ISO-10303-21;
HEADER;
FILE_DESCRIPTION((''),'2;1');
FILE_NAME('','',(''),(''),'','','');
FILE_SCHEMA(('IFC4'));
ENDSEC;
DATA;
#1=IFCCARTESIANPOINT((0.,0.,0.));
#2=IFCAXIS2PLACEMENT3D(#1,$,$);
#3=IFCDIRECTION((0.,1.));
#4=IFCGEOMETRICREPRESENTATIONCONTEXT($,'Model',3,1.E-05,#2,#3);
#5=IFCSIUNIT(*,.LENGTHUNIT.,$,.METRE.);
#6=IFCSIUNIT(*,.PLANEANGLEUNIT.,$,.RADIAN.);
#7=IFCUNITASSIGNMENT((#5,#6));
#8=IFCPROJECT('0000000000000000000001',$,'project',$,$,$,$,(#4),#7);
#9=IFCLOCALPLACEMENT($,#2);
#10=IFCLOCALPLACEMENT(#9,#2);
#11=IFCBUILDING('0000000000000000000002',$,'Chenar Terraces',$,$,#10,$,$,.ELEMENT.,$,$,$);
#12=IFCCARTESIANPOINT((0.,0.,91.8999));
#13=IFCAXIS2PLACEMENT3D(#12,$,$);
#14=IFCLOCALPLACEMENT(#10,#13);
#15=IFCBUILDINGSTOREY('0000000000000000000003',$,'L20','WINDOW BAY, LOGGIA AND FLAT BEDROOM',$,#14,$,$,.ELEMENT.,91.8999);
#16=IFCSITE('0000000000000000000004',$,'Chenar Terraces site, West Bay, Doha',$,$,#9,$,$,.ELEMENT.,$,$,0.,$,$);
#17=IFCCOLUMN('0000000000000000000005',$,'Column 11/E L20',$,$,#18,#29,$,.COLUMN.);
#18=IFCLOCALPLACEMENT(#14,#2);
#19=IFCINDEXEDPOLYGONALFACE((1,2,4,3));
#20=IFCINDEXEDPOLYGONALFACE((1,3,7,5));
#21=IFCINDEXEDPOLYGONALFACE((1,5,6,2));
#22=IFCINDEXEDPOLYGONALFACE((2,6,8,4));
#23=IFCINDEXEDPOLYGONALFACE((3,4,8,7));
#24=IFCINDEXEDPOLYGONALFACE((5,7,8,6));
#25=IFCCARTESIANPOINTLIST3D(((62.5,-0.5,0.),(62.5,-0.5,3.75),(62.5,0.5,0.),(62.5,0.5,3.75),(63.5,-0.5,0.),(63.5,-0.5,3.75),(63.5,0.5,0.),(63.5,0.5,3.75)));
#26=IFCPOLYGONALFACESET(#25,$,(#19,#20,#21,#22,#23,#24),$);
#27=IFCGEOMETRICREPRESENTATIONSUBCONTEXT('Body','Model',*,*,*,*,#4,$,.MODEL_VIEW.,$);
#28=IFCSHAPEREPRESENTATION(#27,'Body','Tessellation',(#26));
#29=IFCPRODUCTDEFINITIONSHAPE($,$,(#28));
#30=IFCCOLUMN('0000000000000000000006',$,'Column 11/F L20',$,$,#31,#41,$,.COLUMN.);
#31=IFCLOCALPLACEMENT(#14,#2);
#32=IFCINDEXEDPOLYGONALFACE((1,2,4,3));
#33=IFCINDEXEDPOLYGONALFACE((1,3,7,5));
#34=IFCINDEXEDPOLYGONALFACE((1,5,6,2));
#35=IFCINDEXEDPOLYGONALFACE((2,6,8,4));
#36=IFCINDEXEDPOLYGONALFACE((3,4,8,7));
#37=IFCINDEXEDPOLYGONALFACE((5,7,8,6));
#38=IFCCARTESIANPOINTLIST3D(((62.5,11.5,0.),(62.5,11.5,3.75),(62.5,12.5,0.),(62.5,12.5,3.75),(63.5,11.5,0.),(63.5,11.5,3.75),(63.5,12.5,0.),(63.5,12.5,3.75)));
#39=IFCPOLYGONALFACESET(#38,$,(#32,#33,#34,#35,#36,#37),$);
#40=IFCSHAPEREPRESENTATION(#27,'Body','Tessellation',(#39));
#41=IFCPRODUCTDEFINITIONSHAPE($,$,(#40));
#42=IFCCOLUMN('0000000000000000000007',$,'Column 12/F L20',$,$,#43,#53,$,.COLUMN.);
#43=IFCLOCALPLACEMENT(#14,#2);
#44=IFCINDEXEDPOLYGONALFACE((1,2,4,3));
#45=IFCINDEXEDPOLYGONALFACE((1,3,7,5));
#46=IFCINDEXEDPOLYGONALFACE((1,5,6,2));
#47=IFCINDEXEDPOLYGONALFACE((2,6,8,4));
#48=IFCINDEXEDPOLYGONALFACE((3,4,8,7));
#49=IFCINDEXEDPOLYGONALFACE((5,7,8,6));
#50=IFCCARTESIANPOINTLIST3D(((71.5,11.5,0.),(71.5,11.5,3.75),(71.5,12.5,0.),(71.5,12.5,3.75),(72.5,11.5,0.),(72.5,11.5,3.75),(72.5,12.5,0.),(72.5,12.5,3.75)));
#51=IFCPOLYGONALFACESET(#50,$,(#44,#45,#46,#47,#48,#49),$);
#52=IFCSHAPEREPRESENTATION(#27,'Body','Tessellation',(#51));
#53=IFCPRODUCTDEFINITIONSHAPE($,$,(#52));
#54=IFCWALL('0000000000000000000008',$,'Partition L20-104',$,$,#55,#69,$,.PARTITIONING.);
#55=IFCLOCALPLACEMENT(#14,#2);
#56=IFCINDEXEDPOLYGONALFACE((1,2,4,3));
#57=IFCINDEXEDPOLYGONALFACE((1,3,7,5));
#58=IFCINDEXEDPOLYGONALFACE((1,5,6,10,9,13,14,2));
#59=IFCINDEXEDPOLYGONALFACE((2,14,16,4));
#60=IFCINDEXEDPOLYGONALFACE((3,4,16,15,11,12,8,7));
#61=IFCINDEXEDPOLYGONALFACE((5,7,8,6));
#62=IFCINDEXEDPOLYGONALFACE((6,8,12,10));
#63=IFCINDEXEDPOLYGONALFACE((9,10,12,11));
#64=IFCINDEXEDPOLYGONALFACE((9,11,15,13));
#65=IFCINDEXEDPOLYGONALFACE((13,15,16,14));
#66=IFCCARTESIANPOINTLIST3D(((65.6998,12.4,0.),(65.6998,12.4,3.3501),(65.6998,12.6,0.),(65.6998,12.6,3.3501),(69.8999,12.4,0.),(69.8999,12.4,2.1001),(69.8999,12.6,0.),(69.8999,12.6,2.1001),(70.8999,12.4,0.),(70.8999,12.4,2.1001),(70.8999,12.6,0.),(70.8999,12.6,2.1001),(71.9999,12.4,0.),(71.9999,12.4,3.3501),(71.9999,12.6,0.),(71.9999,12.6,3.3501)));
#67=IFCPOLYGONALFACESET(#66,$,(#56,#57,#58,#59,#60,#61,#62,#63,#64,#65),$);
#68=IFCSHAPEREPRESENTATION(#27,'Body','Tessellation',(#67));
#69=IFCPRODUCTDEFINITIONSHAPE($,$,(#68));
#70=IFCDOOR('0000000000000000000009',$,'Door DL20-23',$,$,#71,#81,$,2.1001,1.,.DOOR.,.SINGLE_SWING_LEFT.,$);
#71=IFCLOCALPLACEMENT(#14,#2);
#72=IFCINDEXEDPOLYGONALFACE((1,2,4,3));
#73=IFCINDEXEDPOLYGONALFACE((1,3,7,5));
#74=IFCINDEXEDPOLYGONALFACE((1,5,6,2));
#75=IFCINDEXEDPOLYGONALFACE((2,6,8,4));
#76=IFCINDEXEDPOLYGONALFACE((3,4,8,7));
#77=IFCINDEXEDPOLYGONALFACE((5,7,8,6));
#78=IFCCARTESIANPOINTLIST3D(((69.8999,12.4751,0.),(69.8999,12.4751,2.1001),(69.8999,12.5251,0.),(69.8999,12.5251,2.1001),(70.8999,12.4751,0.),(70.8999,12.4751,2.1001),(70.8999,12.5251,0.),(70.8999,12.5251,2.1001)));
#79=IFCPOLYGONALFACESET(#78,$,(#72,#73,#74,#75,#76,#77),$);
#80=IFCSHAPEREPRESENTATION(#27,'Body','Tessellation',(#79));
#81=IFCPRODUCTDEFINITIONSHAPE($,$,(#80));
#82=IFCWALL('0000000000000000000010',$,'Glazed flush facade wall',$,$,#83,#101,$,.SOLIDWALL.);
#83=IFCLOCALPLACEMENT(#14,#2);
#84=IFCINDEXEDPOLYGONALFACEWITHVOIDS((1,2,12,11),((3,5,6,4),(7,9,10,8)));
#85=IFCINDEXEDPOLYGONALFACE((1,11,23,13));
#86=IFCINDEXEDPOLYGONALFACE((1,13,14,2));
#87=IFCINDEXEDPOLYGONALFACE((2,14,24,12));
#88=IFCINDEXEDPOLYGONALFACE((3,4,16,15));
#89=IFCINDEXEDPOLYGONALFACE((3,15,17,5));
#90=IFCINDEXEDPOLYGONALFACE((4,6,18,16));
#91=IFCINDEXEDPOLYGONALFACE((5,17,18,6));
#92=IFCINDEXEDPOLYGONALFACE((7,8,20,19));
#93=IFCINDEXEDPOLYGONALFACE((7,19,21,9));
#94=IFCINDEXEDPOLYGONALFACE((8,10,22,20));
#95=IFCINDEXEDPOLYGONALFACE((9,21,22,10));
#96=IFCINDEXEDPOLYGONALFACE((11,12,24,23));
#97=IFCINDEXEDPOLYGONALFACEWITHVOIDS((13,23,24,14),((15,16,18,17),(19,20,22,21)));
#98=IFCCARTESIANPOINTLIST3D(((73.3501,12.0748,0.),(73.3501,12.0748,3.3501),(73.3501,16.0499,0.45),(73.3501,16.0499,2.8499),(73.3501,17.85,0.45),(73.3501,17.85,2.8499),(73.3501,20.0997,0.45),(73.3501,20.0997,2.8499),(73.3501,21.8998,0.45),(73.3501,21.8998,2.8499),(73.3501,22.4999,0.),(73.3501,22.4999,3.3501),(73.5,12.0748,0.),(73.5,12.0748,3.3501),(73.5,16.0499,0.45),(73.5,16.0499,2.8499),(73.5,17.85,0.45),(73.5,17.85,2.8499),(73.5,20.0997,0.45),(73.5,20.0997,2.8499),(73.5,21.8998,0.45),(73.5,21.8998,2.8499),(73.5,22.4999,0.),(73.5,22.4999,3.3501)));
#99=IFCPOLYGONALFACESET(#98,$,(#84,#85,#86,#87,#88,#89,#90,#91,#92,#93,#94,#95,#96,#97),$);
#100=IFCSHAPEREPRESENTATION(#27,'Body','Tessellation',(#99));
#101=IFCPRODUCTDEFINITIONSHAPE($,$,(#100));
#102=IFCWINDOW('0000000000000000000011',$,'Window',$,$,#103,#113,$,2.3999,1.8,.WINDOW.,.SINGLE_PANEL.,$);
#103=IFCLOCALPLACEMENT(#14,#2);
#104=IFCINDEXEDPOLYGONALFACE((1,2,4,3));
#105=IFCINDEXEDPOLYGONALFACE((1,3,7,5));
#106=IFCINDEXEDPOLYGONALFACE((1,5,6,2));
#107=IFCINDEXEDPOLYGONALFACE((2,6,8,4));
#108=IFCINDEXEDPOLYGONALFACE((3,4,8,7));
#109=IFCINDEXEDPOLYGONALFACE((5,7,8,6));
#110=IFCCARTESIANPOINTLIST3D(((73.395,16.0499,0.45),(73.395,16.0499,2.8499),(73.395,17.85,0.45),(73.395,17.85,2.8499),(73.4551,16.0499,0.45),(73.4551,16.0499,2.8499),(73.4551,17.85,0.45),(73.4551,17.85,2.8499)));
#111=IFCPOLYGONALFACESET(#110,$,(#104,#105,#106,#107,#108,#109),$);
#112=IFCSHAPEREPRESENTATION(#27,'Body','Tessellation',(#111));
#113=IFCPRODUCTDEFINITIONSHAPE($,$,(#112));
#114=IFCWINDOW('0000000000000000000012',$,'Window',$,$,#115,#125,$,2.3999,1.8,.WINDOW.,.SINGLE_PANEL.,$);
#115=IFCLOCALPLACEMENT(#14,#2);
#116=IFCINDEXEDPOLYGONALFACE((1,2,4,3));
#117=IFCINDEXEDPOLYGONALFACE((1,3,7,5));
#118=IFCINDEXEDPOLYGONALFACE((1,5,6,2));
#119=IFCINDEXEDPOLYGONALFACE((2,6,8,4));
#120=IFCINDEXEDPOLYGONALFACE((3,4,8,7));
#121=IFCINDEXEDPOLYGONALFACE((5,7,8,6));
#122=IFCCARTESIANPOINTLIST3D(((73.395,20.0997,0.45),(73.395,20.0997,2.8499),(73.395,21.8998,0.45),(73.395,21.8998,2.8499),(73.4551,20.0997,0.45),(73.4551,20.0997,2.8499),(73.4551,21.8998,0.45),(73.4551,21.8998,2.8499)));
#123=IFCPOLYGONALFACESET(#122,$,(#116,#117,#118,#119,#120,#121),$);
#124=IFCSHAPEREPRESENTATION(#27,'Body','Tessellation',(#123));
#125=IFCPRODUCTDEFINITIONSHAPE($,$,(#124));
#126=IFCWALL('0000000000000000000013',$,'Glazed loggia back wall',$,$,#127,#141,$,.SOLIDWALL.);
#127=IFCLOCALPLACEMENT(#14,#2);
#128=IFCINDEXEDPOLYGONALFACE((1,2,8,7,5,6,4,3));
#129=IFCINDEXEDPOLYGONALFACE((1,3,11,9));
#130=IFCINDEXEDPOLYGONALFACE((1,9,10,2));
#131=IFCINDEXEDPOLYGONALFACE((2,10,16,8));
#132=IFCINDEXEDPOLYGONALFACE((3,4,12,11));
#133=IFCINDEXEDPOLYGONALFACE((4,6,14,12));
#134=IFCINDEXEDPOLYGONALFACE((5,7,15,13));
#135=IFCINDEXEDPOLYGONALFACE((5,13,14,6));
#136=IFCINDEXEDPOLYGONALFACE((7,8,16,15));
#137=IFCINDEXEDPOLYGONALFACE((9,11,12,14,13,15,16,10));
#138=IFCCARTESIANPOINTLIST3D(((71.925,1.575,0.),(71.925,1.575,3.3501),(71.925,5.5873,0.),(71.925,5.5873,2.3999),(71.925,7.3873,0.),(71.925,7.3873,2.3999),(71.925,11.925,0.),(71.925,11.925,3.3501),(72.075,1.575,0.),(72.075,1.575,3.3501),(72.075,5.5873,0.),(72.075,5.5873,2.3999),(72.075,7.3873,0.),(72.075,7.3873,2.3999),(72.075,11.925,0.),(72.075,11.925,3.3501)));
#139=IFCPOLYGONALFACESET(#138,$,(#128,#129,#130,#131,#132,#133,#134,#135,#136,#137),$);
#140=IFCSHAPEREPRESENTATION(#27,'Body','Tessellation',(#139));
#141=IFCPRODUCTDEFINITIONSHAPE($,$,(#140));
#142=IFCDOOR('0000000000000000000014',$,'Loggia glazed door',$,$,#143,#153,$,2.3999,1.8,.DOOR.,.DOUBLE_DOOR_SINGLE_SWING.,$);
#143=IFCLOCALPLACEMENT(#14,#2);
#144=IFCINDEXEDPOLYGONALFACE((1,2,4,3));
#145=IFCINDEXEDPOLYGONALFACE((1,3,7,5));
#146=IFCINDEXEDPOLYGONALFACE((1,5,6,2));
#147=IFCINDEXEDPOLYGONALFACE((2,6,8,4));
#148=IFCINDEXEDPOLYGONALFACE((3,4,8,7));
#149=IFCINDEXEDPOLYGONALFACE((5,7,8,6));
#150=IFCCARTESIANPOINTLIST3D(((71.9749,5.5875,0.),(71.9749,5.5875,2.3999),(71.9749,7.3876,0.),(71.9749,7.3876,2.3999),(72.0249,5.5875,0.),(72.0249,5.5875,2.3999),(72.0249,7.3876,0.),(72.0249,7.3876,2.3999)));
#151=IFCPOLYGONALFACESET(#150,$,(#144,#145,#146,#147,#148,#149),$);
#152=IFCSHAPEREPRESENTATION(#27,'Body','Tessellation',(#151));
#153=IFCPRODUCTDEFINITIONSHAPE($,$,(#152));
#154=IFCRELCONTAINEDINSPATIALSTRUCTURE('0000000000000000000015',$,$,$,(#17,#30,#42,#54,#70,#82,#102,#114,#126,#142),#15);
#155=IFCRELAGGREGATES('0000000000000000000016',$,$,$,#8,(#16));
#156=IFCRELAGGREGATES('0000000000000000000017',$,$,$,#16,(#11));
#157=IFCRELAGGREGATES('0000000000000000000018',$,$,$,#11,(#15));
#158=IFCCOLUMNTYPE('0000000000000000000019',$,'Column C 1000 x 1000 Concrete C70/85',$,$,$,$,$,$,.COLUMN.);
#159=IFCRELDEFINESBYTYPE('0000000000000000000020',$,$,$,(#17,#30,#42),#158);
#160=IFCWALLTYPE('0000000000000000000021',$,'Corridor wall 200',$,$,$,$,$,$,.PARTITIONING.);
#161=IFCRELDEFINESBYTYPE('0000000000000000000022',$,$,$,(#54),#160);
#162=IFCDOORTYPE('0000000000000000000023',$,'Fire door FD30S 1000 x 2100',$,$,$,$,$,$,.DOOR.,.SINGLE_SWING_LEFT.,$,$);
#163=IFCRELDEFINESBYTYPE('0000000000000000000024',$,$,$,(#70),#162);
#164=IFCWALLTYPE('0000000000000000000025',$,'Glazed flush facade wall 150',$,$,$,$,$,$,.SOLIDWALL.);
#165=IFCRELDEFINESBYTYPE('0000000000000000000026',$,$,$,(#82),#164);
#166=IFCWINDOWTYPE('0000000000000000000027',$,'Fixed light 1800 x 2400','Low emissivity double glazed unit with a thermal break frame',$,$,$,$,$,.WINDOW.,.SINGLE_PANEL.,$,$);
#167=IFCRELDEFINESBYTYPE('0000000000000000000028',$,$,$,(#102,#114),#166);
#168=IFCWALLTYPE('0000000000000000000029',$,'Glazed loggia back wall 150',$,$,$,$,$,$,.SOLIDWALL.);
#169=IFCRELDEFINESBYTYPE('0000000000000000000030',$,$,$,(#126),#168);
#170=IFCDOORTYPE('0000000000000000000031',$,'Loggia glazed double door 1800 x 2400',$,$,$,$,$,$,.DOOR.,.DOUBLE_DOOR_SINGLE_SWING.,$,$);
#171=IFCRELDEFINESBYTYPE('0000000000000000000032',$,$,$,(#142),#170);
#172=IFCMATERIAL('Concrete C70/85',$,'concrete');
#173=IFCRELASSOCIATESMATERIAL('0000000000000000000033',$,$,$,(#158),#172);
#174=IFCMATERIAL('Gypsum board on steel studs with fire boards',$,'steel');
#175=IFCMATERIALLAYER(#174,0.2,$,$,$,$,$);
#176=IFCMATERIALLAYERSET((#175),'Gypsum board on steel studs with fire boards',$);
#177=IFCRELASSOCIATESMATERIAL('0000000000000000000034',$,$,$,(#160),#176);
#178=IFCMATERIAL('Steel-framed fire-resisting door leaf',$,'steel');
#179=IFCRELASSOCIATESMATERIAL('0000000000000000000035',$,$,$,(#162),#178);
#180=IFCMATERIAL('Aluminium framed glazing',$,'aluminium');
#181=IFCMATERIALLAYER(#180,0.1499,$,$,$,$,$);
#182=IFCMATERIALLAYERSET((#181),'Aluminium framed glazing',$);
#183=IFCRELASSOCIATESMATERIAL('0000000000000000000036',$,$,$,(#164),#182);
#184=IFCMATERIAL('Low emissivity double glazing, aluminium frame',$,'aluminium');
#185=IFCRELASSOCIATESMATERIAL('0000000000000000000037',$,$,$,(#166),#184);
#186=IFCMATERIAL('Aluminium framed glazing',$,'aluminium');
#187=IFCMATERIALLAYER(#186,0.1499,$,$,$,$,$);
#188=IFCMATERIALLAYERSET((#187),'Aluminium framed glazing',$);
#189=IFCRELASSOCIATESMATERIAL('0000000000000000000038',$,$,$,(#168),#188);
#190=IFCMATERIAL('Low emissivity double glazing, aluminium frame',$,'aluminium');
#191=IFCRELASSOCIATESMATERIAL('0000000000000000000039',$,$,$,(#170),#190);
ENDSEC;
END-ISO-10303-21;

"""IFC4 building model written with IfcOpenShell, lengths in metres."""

from ifc_helpers import new_model, si_unit, direction, frame, frame_2d, origin, origin_2d, place, context, subcontext, project, spatial, rectangle, extrude, material, layer, layer_set, material_profile, profile_set, type_object, element, fill, save


model = new_model("IFC4")

# Units and contexts
model_context = context("Model", 3, precision=1e-05, world=origin(), true_north=direction((0.0, 1.0)))
body_context = subcontext(model_context, "Body", "Model", "MODEL_VIEW")
ifc_project = project(units=[si_unit("LENGTHUNIT", "METRE"), si_unit("PLANEANGLEUNIT", "RADIAN")], contexts=[model_context])

# Site, building, storey
site_placement = place(None, origin())
site = spatial("IfcSite", under=ifc_project, at=site_placement, Name="Chenar Terraces site, West Bay, Doha", CompositionType="ELEMENT", RefElevation=0.0)
building_placement = place(site_placement, origin())
building = spatial("IfcBuilding", under=site, at=building_placement, Name="Chenar Terraces", CompositionType="ELEMENT")
storey_placement = place(building_placement, frame((0.0, 0.0, 91.8999)))
storey = spatial("IfcBuildingStorey", under=building, at=storey_placement, Name="L20", Description="WINDOW BAY, LOGGIA AND FLAT BEDROOM", CompositionType="ELEMENT", Elevation=91.8999)

# Columns
ifc_material_1 = material(Name="Concrete C70/85", Category="concrete")
ifc_material_profile_1 = material_profile(ifc_material_1, rectangle(XDim=1.0, YDim=1.0, at=origin_2d()), Name="C 1000 x 1000")
ifc_profile_set_1 = profile_set([ifc_material_profile_1], Name="Concrete C70/85")
column_type = type_object("IfcColumnType", Name="Column C 1000 x 1000 Concrete C70/85", PredefinedType="COLUMN", material=ifc_profile_set_1)
for number, where, z_axis, x_axis, name in (
    (1, (63.0, 0.0, 0.0), (0.0, 0.0, 1.0), (1.0, 0.0, 0.0), "Column 11/E L20"),
    (2, (63.0, 12.0, 0.0), (0.0, 0.0, 1.0), (1.0, 0.0, 0.0), "Column 11/F L20"),
    (3, (72.0, 12.0, 0.0), (0.0, 0.0, 1.0), (1.0, 0.0, 0.0), "Column 12/F L20"),
):
    element("IfcColumn", number, at=place(storey_placement, frame(where, z_axis=z_axis, x_axis=x_axis)), inside=storey, type_object=column_type, Name=name, PredefinedType="COLUMN", context=body_context, shape_type="SweptSolid", body=[
        extrude(rectangle(XDim=1.0, YDim=1.0, at=origin_2d()), origin(), (0.0, 0.0, 1.0), 3.75),
    ])

# Wall, opening, door
ifc_material_2 = material(Name="Gypsum board on steel studs with fire boards", Category="steel")
ifc_layer_1 = layer(ifc_material_2, 0.2)
ifc_layer_set_1 = layer_set([ifc_layer_1], Name="Gypsum board on steel studs with fire boards")
wall_type_1 = type_object("IfcWallType", Name="Corridor wall 200", PredefinedType="PARTITIONING", material=ifc_layer_set_1)
wall_1_placement = place(storey_placement, frame((65.7, 12.5, 0.0), z_axis=(0.0, 0.0, 1.0), x_axis=(1.0, 0.0, 0.0)))
wall_1 = element("IfcWall", 4, at=wall_1_placement, inside=storey, type_object=wall_type_1, Name="Partition L20-104", PredefinedType="PARTITIONING", context=body_context, shape_type="SweptSolid", body=[
    extrude(rectangle(XDim=6.3, YDim=0.2, at=frame_2d((3.1499, 0.0))), origin(), (0.0, 0.0, 1.0), 3.3501),
])
opening_1_placement = place(wall_1_placement, frame((4.2, 0.0, 0.0)))
opening_1 = element("IfcOpeningElement", 5, at=opening_1_placement, cuts=wall_1, PredefinedType="OPENING", context=body_context, shape_type="SweptSolid", body=[
    extrude(rectangle(XDim=1.0, YDim=2.1001, at=frame_2d((0.5, 1.05))), frame((0.0, 0.1099, 0.0), z_axis=(0.0, -1.0, 0.0), x_axis=(1.0, 0.0, 0.0)), (0.0, 0.0, 1.0), 0.22),
])
ifc_material_3 = material(Name="Steel-framed fire-resisting door leaf", Category="steel")
door_type_1 = type_object("IfcDoorType", Name="Fire door FD30S 1000 x 2100", OperationType="SINGLE_SWING_LEFT", PredefinedType="DOOR", material=ifc_material_3)
door_1_placement = place(opening_1_placement, frame((1.0, 0.0, 0.0), z_axis=(0.0, 0.0, 1.0), x_axis=(-1.0, 0.0, 0.0)))
door_1 = element("IfcDoor", 6, at=door_1_placement, inside=storey, type_object=door_type_1, Name="Door DL20-23", OperationType="SINGLE_SWING_LEFT", OverallHeight=2.1001, OverallWidth=1.0, PredefinedType="DOOR", context=body_context, shape_type="SweptSolid", body=[
    extrude(rectangle(XDim=1.0, YDim=2.1001, at=frame_2d((0.5, 1.05))), frame((0.0, 0.0249, 0.0), z_axis=(0.0, -1.0, 0.0), x_axis=(1.0, 0.0, 0.0)), (0.0, 0.0, 1.0), 0.05),
])
fill(opening_1, door_1)

# Wall, openings, windows
ifc_material_4 = material(Name="Aluminium framed glazing", Category="aluminium")
ifc_layer_2 = layer(ifc_material_4, 0.1499)
ifc_layer_set_2 = layer_set([ifc_layer_2], Name="Aluminium framed glazing")
wall_type_2 = type_object("IfcWallType", Name="Glazed flush facade wall 150", PredefinedType="SOLIDWALL", material=ifc_layer_set_2)
wall_2_placement = place(storey_placement, frame((73.425, 12.075, 0.0), z_axis=(0.0, 0.0, 1.0), x_axis=(0.0, 1.0, 0.0)))
wall_2 = element("IfcWall", 7, at=wall_2_placement, inside=storey, type_object=wall_type_2, Name="Glazed flush facade wall", PredefinedType="SOLIDWALL", context=body_context, shape_type="SweptSolid", body=[
    extrude(rectangle(XDim=10.425, YDim=0.1499, at=frame_2d((5.2124, 0.0))), origin(), (0.0, 0.0, 1.0), 3.3501),
])
opening_2_placement = place(wall_2_placement, frame((3.9751, 0.0, 0.45)))
opening_2 = element("IfcOpeningElement", 8, at=opening_2_placement, cuts=wall_2, PredefinedType="OPENING", context=body_context, shape_type="SweptSolid", body=[
    extrude(rectangle(XDim=1.8, YDim=2.3999, at=frame_2d((0.8999, 1.2))), frame((0.0, 0.085, 0.0), z_axis=(0.0, -1.0, 0.0), x_axis=(1.0, 0.0, 0.0)), (0.0, 0.0, 1.0), 0.1699),
])
opening_3_placement = place(wall_2_placement, frame((8.0249, 0.0, 0.45)))
opening_3 = element("IfcOpeningElement", 9, at=opening_3_placement, cuts=wall_2, PredefinedType="OPENING", context=body_context, shape_type="SweptSolid", body=[
    extrude(rectangle(XDim=1.8, YDim=2.3999, at=frame_2d((0.8999, 1.2))), frame((0.0, 0.085, 0.0), z_axis=(0.0, -1.0, 0.0), x_axis=(1.0, 0.0, 0.0)), (0.0, 0.0, 1.0), 0.1699),
])
ifc_material_5 = material(Name="Low emissivity double glazing, aluminium frame", Category="aluminium")
window_type_1 = type_object("IfcWindowType", Name="Fixed light 1800 x 2400", Description="Low emissivity double glazed unit with a thermal break frame", PartitioningType="SINGLE_PANEL", PredefinedType="WINDOW", material=ifc_material_5)
window_1_placement = place(opening_2_placement, origin())
window_1 = element("IfcWindow", 10, at=window_1_placement, inside=storey, type_object=window_type_1, Name="Window", OverallHeight=2.3999, OverallWidth=1.8, PartitioningType="SINGLE_PANEL", PredefinedType="WINDOW", context=body_context, shape_type="SweptSolid", body=[
    extrude(rectangle(XDim=1.8, YDim=2.3999, at=frame_2d((0.8999, 1.2))), frame((0.0, 0.03, 0.0), z_axis=(0.0, -1.0, 0.0), x_axis=(1.0, 0.0, 0.0)), (0.0, 0.0, 1.0), 0.0601),
])
fill(opening_2, window_1)
window_2_placement = place(opening_3_placement, origin())
window_2 = element("IfcWindow", 11, at=window_2_placement, inside=storey, type_object=window_type_1, Name="Window", OverallHeight=2.3999, OverallWidth=1.8, PartitioningType="SINGLE_PANEL", PredefinedType="WINDOW", context=body_context, shape_type="SweptSolid", body=[
    extrude(rectangle(XDim=1.8, YDim=2.3999, at=frame_2d((0.8999, 1.2))), frame((0.0, 0.03, 0.0), z_axis=(0.0, -1.0, 0.0), x_axis=(1.0, 0.0, 0.0)), (0.0, 0.0, 1.0), 0.0601),
])
fill(opening_3, window_2)

# Wall, opening, door
ifc_material_6 = material(Name="Aluminium framed glazing", Category="aluminium")
ifc_layer_3 = layer(ifc_material_6, 0.1499)
ifc_layer_set_3 = layer_set([ifc_layer_3], Name="Aluminium framed glazing")
wall_type_3 = type_object("IfcWallType", Name="Glazed loggia back wall 150", PredefinedType="SOLIDWALL", material=ifc_layer_set_3)
wall_3_placement = place(storey_placement, frame((72.0, 1.575, 0.0), z_axis=(0.0, 0.0, 1.0), x_axis=(0.0, 1.0, 0.0)))
wall_3 = element("IfcWall", 12, at=wall_3_placement, inside=storey, type_object=wall_type_3, Name="Glazed loggia back wall", PredefinedType="SOLIDWALL", context=body_context, shape_type="SweptSolid", body=[
    extrude(rectangle(XDim=10.3501, YDim=0.1499, at=frame_2d((5.175, 0.0))), origin(), (0.0, 0.0, 1.0), 3.3501),
])
opening_4_placement = place(wall_3_placement, frame((4.0125, 0.0, 0.0)))
opening_4 = element("IfcOpeningElement", 13, at=opening_4_placement, cuts=wall_3, PredefinedType="OPENING", context=body_context, shape_type="SweptSolid", body=[
    extrude(rectangle(XDim=1.8, YDim=2.3999, at=frame_2d((0.8999, 1.2))), frame((0.0, 0.085, 0.0), z_axis=(0.0, -1.0, 0.0), x_axis=(1.0, 0.0, 0.0)), (0.0, 0.0, 1.0), 0.1699),
])
ifc_material_7 = material(Name="Low emissivity double glazing, aluminium frame", Category="aluminium")
door_type_2 = type_object("IfcDoorType", Name="Loggia glazed double door 1800 x 2400", OperationType="DOUBLE_DOOR_SINGLE_SWING", PredefinedType="DOOR", material=ifc_material_7)
door_2_placement = place(opening_4_placement, frame((1.8, 0.0, 0.0), z_axis=(0.0, 0.0, 1.0), x_axis=(-1.0, 0.0, 0.0)))
door_2 = element("IfcDoor", 14, at=door_2_placement, inside=storey, type_object=door_type_2, Name="Loggia glazed door", OperationType="DOUBLE_DOOR_SINGLE_SWING", OverallHeight=2.3999, OverallWidth=1.8, PredefinedType="DOOR", context=body_context, shape_type="SweptSolid", body=[
    extrude(rectangle(XDim=1.8, YDim=2.3999, at=frame_2d((0.8999, 1.2))), frame((0.0, 0.0249, 0.0), z_axis=(0.0, -1.0, 0.0), x_axis=(1.0, 0.0, 0.0)), (0.0, 0.0, 1.0), 0.05),
])
fill(opening_4, door_2)

save(model, "model.ifc")
